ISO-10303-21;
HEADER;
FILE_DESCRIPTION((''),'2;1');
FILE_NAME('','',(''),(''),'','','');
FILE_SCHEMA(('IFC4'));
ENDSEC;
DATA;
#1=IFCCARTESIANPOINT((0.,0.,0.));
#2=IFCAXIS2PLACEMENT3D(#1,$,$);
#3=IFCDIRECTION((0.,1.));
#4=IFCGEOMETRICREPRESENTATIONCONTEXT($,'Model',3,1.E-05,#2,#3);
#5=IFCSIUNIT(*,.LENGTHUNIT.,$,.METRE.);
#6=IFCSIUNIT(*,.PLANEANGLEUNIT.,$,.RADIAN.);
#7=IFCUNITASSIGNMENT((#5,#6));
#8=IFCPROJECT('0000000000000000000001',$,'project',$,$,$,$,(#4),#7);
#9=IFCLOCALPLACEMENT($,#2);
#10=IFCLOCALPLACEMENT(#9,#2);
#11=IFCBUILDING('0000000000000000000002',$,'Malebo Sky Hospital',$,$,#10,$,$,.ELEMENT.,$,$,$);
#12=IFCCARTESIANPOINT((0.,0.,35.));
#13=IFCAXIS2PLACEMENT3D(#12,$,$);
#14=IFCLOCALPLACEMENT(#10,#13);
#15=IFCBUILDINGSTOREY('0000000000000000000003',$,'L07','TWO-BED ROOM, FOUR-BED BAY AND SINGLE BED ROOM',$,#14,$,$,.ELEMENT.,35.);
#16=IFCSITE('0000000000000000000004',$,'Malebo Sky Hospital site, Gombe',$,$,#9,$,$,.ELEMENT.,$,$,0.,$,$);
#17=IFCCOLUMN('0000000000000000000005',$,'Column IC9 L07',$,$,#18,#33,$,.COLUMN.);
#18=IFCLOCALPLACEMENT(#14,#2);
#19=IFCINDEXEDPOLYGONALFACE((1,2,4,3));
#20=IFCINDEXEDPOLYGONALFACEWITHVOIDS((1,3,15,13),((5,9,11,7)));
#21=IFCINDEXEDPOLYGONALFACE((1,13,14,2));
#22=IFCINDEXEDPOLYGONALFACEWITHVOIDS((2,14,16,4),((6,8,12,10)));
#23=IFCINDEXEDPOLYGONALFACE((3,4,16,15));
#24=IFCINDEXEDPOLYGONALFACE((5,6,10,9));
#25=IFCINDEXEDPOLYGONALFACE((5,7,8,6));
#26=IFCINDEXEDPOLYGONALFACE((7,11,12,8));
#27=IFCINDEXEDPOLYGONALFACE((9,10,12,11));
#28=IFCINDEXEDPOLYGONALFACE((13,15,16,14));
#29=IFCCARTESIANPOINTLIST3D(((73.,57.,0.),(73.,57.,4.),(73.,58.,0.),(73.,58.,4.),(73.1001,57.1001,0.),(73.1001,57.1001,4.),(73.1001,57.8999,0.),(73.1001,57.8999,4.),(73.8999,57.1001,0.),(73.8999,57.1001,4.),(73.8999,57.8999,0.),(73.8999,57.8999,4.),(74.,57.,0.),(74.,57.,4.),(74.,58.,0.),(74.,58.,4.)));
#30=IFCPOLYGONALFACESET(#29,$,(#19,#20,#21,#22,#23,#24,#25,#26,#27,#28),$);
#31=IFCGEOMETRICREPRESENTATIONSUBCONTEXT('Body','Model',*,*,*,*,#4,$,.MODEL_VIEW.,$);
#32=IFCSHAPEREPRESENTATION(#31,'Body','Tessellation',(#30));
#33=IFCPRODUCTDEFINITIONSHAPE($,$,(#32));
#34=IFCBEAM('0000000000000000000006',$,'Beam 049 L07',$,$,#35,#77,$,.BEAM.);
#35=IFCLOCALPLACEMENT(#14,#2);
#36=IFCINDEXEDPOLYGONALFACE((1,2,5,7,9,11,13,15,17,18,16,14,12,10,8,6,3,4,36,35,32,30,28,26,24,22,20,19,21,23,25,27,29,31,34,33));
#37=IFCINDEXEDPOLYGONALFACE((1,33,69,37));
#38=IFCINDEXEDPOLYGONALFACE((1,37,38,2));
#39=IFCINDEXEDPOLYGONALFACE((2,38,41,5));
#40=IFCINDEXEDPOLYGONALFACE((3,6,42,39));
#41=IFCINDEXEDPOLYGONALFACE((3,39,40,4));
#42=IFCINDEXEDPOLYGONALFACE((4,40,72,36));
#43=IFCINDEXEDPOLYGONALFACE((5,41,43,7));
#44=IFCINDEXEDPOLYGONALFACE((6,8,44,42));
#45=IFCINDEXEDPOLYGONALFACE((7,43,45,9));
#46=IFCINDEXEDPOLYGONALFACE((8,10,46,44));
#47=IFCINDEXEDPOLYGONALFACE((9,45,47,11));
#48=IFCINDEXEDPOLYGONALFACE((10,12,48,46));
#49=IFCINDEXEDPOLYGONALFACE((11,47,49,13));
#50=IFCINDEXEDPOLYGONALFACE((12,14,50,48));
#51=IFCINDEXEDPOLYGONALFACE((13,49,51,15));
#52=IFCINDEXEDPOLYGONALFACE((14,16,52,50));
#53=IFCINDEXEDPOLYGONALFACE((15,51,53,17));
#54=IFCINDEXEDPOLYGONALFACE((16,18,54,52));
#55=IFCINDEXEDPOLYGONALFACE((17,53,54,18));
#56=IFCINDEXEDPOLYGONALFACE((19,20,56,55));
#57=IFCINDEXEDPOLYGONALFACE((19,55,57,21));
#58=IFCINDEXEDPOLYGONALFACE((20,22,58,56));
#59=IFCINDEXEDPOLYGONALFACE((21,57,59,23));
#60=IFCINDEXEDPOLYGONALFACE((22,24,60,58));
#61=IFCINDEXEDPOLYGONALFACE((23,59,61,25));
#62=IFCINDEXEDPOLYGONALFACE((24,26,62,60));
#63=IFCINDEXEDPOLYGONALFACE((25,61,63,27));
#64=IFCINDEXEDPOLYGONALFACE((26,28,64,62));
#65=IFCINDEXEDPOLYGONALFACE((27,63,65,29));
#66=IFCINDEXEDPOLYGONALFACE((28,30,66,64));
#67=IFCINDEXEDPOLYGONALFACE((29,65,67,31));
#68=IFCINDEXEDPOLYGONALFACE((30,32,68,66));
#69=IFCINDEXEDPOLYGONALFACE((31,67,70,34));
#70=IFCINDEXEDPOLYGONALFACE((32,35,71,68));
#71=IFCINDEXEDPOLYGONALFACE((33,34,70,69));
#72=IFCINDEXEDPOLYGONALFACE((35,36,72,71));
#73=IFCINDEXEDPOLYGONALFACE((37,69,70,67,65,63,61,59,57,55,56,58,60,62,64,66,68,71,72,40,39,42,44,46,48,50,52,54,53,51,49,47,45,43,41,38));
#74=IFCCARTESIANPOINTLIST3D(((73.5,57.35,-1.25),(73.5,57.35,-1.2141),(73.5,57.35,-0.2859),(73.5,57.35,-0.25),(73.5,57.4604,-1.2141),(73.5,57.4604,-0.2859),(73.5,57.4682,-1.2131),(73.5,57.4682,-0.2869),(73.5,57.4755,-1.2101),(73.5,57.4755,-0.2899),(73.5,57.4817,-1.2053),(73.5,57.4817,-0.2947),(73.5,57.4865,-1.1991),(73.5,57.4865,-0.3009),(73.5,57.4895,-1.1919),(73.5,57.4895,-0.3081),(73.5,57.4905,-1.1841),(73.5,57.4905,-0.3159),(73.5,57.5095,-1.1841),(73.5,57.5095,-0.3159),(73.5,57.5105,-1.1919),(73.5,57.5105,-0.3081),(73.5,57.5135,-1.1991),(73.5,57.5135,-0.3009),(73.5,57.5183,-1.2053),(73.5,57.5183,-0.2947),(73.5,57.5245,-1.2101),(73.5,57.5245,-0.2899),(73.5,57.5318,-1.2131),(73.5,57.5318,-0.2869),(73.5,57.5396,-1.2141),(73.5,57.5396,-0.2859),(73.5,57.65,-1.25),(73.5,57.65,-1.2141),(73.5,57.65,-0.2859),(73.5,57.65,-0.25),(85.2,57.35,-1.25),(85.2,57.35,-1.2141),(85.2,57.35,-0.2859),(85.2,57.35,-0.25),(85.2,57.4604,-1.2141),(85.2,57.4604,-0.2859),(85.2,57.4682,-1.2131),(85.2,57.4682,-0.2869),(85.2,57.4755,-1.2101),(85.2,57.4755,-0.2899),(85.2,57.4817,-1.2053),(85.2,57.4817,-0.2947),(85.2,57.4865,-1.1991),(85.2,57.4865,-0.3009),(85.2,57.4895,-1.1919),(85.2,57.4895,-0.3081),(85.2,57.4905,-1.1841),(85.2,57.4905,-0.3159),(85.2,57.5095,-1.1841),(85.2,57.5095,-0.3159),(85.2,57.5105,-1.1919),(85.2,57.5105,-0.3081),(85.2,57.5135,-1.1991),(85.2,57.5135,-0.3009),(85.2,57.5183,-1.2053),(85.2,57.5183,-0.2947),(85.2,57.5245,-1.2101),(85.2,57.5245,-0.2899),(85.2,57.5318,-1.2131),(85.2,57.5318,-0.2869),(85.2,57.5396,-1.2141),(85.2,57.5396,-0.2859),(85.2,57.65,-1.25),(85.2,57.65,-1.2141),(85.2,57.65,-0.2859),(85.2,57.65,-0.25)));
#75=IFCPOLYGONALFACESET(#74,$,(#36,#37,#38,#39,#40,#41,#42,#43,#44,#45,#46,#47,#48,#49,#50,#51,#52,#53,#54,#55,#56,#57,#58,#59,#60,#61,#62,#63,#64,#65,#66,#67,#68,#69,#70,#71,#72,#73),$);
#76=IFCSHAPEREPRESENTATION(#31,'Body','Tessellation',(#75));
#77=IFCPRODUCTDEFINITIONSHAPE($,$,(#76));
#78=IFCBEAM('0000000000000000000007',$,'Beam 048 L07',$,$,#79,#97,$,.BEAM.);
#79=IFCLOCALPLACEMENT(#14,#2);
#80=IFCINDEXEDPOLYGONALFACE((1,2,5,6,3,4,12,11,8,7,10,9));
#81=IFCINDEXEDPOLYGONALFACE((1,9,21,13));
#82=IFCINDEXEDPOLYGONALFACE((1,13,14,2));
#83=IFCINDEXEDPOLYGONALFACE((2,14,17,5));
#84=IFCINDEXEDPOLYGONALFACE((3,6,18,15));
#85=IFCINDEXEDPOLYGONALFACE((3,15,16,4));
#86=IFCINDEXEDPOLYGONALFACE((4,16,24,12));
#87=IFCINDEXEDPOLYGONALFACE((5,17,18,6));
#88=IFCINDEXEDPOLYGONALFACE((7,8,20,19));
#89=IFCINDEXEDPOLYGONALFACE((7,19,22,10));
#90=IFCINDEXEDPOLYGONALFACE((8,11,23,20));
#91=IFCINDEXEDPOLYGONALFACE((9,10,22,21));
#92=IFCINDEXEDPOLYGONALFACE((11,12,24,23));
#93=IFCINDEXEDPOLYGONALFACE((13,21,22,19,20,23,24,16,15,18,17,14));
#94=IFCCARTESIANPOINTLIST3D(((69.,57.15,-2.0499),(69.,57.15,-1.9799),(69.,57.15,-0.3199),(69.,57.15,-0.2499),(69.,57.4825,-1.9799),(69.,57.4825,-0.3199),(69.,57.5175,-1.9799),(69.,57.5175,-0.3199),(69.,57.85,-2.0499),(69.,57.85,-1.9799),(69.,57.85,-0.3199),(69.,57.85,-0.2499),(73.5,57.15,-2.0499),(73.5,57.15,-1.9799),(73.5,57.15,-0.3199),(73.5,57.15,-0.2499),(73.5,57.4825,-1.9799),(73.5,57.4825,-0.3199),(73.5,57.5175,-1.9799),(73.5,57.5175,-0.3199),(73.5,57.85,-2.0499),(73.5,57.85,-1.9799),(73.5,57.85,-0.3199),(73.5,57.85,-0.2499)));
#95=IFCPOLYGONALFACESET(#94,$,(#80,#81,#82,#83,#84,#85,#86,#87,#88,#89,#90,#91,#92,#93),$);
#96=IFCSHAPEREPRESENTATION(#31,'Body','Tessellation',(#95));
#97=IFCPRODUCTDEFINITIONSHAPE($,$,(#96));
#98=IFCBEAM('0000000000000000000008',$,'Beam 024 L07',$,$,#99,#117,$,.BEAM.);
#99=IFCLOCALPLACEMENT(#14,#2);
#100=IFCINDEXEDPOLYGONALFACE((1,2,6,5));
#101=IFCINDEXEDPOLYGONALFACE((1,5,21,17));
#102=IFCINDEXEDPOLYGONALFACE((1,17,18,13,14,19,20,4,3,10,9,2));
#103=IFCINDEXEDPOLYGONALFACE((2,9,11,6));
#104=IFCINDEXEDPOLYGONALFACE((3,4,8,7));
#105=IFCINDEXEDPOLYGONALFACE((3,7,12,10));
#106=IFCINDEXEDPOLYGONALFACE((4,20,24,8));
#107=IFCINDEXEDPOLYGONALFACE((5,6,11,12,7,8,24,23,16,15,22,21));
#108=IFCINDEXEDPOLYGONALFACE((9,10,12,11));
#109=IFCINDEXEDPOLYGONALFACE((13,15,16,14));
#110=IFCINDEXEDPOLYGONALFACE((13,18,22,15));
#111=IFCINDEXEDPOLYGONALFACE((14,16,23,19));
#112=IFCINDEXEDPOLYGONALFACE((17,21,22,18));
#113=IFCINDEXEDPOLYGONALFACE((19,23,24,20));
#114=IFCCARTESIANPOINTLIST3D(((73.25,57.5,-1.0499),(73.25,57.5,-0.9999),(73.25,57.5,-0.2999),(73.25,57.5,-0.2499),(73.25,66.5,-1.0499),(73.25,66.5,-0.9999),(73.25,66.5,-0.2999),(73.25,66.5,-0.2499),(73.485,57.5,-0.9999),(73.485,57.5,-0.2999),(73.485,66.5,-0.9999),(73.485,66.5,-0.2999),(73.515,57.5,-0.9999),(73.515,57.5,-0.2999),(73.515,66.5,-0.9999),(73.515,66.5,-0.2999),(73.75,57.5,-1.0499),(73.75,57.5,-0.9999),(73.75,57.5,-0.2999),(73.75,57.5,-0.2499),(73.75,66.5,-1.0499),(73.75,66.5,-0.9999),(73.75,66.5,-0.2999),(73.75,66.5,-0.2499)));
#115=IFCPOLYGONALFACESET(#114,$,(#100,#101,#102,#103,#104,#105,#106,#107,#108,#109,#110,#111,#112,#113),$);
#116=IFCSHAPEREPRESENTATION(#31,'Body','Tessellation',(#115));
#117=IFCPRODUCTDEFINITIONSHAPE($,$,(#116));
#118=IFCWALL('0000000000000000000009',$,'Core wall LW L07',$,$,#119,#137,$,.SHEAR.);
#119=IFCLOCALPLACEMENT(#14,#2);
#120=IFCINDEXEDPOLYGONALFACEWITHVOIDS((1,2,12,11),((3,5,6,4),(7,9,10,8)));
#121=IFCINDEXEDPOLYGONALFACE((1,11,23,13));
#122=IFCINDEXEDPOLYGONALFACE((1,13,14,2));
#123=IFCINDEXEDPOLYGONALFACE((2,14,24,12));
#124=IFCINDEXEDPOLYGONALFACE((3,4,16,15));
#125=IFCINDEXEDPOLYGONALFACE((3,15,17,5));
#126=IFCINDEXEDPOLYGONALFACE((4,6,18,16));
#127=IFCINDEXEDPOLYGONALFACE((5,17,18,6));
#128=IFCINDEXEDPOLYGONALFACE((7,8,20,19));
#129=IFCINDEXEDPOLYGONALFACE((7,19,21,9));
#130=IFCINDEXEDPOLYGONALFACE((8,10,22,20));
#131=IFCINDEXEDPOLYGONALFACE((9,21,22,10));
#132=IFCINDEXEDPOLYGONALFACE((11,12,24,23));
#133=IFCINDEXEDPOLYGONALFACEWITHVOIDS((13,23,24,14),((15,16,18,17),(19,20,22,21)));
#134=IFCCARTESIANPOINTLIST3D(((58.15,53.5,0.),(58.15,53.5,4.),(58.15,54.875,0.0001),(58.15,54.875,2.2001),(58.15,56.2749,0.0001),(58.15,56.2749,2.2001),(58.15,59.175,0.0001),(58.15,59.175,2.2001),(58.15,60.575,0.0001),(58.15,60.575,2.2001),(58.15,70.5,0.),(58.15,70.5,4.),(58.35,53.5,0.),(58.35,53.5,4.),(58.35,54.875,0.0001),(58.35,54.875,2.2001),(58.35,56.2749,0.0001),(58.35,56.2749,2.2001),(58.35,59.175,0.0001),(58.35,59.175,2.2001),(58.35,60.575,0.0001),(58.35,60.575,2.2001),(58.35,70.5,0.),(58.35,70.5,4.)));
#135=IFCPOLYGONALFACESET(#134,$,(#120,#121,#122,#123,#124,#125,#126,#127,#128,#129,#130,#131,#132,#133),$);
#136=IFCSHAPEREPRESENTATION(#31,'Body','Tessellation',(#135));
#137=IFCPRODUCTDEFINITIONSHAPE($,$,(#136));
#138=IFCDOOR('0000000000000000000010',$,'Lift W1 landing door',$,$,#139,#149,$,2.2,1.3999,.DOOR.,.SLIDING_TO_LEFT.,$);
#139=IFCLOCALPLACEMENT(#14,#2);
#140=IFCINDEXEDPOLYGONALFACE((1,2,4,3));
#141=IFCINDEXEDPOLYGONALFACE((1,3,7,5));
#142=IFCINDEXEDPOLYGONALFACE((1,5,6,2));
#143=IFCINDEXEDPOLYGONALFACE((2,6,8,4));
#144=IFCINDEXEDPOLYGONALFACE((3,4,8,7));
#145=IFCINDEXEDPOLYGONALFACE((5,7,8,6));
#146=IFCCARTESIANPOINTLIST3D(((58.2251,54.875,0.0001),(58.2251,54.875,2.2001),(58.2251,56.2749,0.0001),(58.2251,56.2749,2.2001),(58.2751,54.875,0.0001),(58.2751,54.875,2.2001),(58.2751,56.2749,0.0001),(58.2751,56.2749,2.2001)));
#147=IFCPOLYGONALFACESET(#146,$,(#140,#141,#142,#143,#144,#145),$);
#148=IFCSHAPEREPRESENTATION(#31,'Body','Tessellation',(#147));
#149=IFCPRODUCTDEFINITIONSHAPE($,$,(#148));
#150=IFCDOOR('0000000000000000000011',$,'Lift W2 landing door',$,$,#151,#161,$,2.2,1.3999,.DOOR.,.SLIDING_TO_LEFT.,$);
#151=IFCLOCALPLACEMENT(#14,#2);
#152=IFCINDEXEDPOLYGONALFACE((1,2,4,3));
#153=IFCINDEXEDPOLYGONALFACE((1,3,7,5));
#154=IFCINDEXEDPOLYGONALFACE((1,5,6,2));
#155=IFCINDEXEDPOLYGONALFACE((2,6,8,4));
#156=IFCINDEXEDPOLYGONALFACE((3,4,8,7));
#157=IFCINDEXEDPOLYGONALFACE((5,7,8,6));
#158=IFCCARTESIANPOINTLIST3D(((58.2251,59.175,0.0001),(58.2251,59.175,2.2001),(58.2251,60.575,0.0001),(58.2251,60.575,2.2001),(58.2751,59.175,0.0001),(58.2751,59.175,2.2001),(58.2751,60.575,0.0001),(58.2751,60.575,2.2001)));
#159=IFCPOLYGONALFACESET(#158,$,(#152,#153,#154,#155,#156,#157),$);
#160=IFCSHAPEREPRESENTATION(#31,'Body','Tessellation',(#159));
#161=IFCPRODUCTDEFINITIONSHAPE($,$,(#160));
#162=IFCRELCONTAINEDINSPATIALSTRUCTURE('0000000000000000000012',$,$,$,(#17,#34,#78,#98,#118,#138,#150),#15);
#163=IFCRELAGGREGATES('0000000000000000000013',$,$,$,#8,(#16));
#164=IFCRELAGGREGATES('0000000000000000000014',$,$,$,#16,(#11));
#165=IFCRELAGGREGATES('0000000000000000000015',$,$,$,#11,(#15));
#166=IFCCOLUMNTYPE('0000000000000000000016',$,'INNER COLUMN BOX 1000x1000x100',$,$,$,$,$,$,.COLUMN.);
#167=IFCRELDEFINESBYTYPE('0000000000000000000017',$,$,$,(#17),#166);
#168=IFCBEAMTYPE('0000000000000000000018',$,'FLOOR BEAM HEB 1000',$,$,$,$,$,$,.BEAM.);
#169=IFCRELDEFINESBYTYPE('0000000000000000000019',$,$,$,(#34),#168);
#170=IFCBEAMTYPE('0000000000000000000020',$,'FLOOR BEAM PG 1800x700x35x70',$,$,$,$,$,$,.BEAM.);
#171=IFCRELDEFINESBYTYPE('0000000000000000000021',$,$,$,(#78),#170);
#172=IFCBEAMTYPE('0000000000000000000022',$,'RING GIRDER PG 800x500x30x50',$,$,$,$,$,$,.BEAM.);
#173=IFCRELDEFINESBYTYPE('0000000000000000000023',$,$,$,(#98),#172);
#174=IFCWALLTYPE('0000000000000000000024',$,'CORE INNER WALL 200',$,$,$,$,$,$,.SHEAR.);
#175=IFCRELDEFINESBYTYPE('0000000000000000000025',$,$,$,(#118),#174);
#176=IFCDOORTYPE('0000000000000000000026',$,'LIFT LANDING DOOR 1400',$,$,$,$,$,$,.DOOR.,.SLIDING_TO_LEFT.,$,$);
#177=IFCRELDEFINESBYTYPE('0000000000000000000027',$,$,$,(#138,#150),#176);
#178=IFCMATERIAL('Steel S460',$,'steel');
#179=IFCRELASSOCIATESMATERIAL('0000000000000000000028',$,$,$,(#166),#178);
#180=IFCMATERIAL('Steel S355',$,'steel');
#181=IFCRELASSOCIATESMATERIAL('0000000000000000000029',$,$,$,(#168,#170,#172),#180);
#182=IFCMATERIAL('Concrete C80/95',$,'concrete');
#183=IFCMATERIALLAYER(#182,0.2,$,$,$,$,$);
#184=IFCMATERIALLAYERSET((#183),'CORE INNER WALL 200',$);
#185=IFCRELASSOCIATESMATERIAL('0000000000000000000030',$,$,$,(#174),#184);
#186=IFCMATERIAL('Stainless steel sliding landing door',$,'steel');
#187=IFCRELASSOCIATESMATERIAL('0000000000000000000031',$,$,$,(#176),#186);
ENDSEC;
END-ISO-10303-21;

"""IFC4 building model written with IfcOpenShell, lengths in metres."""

from ifc_helpers import new_model, si_unit, direction, frame, frame_2d, origin, origin_2d, place, context, subcontext, project, spatial, rectangle, hollow_rectangle, i_section, extrude, material, layer, layer_set, material_profile, profile_set, type_object, element, fill, save


model = new_model("IFC4")

# Units and contexts
model_context = context("Model", 3, precision=1e-05, world=origin(), true_north=direction((0.0, 1.0)))
body_context = subcontext(model_context, "Body", "Model", "MODEL_VIEW")
ifc_project = project(units=[si_unit("LENGTHUNIT", "METRE"), si_unit("PLANEANGLEUNIT", "RADIAN")], contexts=[model_context])

# Site, building, storey
site_placement = place(None, origin())
site = spatial("IfcSite", under=ifc_project, at=site_placement, Name="Malebo Sky Hospital site, Gombe", CompositionType="ELEMENT", RefElevation=0.0)
building_placement = place(site_placement, origin())
building = spatial("IfcBuilding", under=site, at=building_placement, Name="Malebo Sky Hospital", CompositionType="ELEMENT")
storey_placement = place(building_placement, frame((0.0, 0.0, 35.0)))
storey = spatial("IfcBuildingStorey", under=building, at=storey_placement, Name="L07", Description="TWO-BED ROOM, FOUR-BED BAY AND SINGLE BED ROOM", CompositionType="ELEMENT", Elevation=35.0)

# Column
ifc_material_1 = material(Name="Steel S460", Category="steel")
ifc_material_profile_1 = material_profile(ifc_material_1, hollow_rectangle(XDim=1.0, YDim=1.0, WallThickness=0.1001, at=origin_2d()), Name="BOX 1000x1000x100")
ifc_profile_set_1 = profile_set([ifc_material_profile_1], Name="Steel S460")
column_type = type_object("IfcColumnType", Name="INNER COLUMN BOX 1000x1000x100", PredefinedType="COLUMN", material=ifc_profile_set_1)
column_placement = place(storey_placement, frame((73.5, 57.5, 0.0), z_axis=(0.0, 0.0, 1.0), x_axis=(1.0, 0.0, 0.0)))
element("IfcColumn", 1, at=column_placement, inside=storey, type_object=column_type, Name="Column IC9 L07", PredefinedType="COLUMN", context=body_context, shape_type="SweptSolid", body=[
    extrude(hollow_rectangle(XDim=1.0, YDim=1.0, WallThickness=0.1001, at=origin_2d()), origin(), (0.0, 0.0, 1.0), 4.0),
])

# Beams
ifc_material_2 = material(Name="Steel S355", Category="steel")
ifc_material_profile_2 = material_profile(ifc_material_2, i_section(OverallWidth=0.3, OverallDepth=1.0, WebThickness=0.019, FlangeThickness=0.0359, FilletRadius=0.03, at=origin_2d()), Name="HEB 1000")
ifc_profile_set_2 = profile_set([ifc_material_profile_2], Name="Steel S355")
beam_type_1 = type_object("IfcBeamType", Name="FLOOR BEAM HEB 1000", PredefinedType="BEAM", material=ifc_profile_set_2)
beam_1_placement = place(storey_placement, frame((73.5, 57.5, -0.75), z_axis=(1.0, 0.0, 0.0), x_axis=(0.0, 1.0, 0.0)))
element("IfcBeam", 2, at=beam_1_placement, inside=storey, type_object=beam_type_1, Name="Beam 049 L07", PredefinedType="BEAM", context=body_context, shape_type="SweptSolid", body=[
    extrude(i_section(OverallWidth=0.3, OverallDepth=1.0, WebThickness=0.019, FlangeThickness=0.0359, FilletRadius=0.03, at=origin_2d()), origin(), (0.0, 0.0, 1.0), 11.7),
])
ifc_material_profile_3 = material_profile(ifc_material_2, i_section(OverallWidth=0.7, OverallDepth=1.8, WebThickness=0.0349, FlangeThickness=0.0701, at=origin_2d()), Name="PG 1800x700x35x70")
ifc_profile_set_3 = profile_set([ifc_material_profile_3], Name="Steel S355")
beam_type_2 = type_object("IfcBeamType", Name="FLOOR BEAM PG 1800x700x35x70", PredefinedType="BEAM", material=ifc_profile_set_3)
beam_2_placement = place(storey_placement, frame((69.0, 57.5, -1.1499), z_axis=(1.0, 0.0, 0.0), x_axis=(0.0, 1.0, 0.0)))
element("IfcBeam", 3, at=beam_2_placement, inside=storey, type_object=beam_type_2, Name="Beam 048 L07", PredefinedType="BEAM", context=body_context, shape_type="SweptSolid", body=[
    extrude(i_section(OverallWidth=0.7, OverallDepth=1.8, WebThickness=0.0349, FlangeThickness=0.0701, at=origin_2d()), origin(), (0.0, 0.0, 1.0), 4.5),
])
ifc_material_profile_4 = material_profile(ifc_material_2, i_section(OverallWidth=0.5, OverallDepth=0.8, WebThickness=0.03, FlangeThickness=0.05, at=origin_2d()), Name="PG 800x500x30x50")
ifc_profile_set_4 = profile_set([ifc_material_profile_4], Name="Steel S355")
beam_type_3 = type_object("IfcBeamType", Name="RING GIRDER PG 800x500x30x50", PredefinedType="BEAM", material=ifc_profile_set_4)
beam_3_placement = place(storey_placement, frame((73.5, 57.5, -0.6499), z_axis=(0.0, 1.0, 0.0), x_axis=(-1.0, 0.0, 0.0)))
element("IfcBeam", 4, at=beam_3_placement, inside=storey, type_object=beam_type_3, Name="Beam 024 L07", PredefinedType="BEAM", context=body_context, shape_type="SweptSolid", body=[
    extrude(i_section(OverallWidth=0.5, OverallDepth=0.8, WebThickness=0.03, FlangeThickness=0.05, at=origin_2d()), origin(), (0.0, 0.0, 1.0), 9.0),
])

# Wall, openings, doors
ifc_material_3 = material(Name="Concrete C80/95", Category="concrete")
ifc_layer_1 = layer(ifc_material_3, 0.2)
ifc_layer_set_1 = layer_set([ifc_layer_1], Name="CORE INNER WALL 200")
wall_type_1 = type_object("IfcWallType", Name="CORE INNER WALL 200", PredefinedType="SHEAR", material=ifc_layer_set_1)
wall_1_placement = place(storey_placement, frame((58.25, 53.5, 0.0), z_axis=(0.0, 0.0, 1.0), x_axis=(0.0, 1.0, 0.0)))
wall_1 = element("IfcWall", 5, at=wall_1_placement, inside=storey, type_object=wall_type_1, Name="Core wall LW L07", PredefinedType="SHEAR", context=body_context, shape_type="SweptSolid", body=[
    extrude(rectangle(XDim=17.0, YDim=0.2, at=frame_2d((8.5, 0.0))), origin(), (0.0, 0.0, 1.0), 4.0),
])
opening_1_placement = place(wall_1_placement, frame((1.375, 0.0, 0.0)))
opening_1 = element("IfcOpeningElement", 6, at=opening_1_placement, cuts=wall_1, PredefinedType="OPENING", context=body_context, shape_type="SweptSolid", body=[
    extrude(rectangle(XDim=1.3999, YDim=2.2, at=frame_2d((0.7, 1.1001))), frame((0.0, 0.1099, 0.0), z_axis=(0.0, -1.0, 0.0), x_axis=(1.0, 0.0, 0.0)), (0.0, 0.0, 1.0), 0.22),
])
opening_2_placement = place(wall_1_placement, frame((5.675, 0.0, 0.0)))
opening_2 = element("IfcOpeningElement", 7, at=opening_2_placement, cuts=wall_1, PredefinedType="OPENING", context=body_context, shape_type="SweptSolid", body=[
    extrude(rectangle(XDim=1.3999, YDim=2.2, at=frame_2d((0.7, 1.1001))), frame((0.0, 0.1099, 0.0), z_axis=(0.0, -1.0, 0.0), x_axis=(1.0, 0.0, 0.0)), (0.0, 0.0, 1.0), 0.22),
])
ifc_material_4 = material(Name="Stainless steel sliding landing door", Category="steel")
door_type_1 = type_object("IfcDoorType", Name="LIFT LANDING DOOR 1400", OperationType="SLIDING_TO_LEFT", PredefinedType="DOOR", material=ifc_material_4)
door_1_placement = place(opening_1_placement, origin())
door_1 = element("IfcDoor", 8, at=door_1_placement, inside=storey, type_object=door_type_1, Name="Lift W1 landing door", OperationType="SLIDING_TO_LEFT", OverallHeight=2.2, OverallWidth=1.3999, PredefinedType="DOOR", context=body_context, shape_type="SweptSolid", body=[
    extrude(rectangle(XDim=1.3999, YDim=2.2, at=frame_2d((0.7, 1.1001))), frame((0.0, 0.0249, 0.0), z_axis=(0.0, -1.0, 0.0), x_axis=(1.0, 0.0, 0.0)), (0.0, 0.0, 1.0), 0.05),
])
fill(opening_1, door_1)
door_2_placement = place(opening_2_placement, origin())
door_2 = element("IfcDoor", 9, at=door_2_placement, inside=storey, type_object=door_type_1, Name="Lift W2 landing door", OperationType="SLIDING_TO_LEFT", OverallHeight=2.2, OverallWidth=1.3999, PredefinedType="DOOR", context=body_context, shape_type="SweptSolid", body=[
    extrude(rectangle(XDim=1.3999, YDim=2.2, at=frame_2d((0.7, 1.1001))), frame((0.0, 0.0249, 0.0), z_axis=(0.0, -1.0, 0.0), x_axis=(1.0, 0.0, 0.0)), (0.0, 0.0, 1.0), 0.05),
])
fill(opening_2, door_2)

save(model, "model.ifc")
